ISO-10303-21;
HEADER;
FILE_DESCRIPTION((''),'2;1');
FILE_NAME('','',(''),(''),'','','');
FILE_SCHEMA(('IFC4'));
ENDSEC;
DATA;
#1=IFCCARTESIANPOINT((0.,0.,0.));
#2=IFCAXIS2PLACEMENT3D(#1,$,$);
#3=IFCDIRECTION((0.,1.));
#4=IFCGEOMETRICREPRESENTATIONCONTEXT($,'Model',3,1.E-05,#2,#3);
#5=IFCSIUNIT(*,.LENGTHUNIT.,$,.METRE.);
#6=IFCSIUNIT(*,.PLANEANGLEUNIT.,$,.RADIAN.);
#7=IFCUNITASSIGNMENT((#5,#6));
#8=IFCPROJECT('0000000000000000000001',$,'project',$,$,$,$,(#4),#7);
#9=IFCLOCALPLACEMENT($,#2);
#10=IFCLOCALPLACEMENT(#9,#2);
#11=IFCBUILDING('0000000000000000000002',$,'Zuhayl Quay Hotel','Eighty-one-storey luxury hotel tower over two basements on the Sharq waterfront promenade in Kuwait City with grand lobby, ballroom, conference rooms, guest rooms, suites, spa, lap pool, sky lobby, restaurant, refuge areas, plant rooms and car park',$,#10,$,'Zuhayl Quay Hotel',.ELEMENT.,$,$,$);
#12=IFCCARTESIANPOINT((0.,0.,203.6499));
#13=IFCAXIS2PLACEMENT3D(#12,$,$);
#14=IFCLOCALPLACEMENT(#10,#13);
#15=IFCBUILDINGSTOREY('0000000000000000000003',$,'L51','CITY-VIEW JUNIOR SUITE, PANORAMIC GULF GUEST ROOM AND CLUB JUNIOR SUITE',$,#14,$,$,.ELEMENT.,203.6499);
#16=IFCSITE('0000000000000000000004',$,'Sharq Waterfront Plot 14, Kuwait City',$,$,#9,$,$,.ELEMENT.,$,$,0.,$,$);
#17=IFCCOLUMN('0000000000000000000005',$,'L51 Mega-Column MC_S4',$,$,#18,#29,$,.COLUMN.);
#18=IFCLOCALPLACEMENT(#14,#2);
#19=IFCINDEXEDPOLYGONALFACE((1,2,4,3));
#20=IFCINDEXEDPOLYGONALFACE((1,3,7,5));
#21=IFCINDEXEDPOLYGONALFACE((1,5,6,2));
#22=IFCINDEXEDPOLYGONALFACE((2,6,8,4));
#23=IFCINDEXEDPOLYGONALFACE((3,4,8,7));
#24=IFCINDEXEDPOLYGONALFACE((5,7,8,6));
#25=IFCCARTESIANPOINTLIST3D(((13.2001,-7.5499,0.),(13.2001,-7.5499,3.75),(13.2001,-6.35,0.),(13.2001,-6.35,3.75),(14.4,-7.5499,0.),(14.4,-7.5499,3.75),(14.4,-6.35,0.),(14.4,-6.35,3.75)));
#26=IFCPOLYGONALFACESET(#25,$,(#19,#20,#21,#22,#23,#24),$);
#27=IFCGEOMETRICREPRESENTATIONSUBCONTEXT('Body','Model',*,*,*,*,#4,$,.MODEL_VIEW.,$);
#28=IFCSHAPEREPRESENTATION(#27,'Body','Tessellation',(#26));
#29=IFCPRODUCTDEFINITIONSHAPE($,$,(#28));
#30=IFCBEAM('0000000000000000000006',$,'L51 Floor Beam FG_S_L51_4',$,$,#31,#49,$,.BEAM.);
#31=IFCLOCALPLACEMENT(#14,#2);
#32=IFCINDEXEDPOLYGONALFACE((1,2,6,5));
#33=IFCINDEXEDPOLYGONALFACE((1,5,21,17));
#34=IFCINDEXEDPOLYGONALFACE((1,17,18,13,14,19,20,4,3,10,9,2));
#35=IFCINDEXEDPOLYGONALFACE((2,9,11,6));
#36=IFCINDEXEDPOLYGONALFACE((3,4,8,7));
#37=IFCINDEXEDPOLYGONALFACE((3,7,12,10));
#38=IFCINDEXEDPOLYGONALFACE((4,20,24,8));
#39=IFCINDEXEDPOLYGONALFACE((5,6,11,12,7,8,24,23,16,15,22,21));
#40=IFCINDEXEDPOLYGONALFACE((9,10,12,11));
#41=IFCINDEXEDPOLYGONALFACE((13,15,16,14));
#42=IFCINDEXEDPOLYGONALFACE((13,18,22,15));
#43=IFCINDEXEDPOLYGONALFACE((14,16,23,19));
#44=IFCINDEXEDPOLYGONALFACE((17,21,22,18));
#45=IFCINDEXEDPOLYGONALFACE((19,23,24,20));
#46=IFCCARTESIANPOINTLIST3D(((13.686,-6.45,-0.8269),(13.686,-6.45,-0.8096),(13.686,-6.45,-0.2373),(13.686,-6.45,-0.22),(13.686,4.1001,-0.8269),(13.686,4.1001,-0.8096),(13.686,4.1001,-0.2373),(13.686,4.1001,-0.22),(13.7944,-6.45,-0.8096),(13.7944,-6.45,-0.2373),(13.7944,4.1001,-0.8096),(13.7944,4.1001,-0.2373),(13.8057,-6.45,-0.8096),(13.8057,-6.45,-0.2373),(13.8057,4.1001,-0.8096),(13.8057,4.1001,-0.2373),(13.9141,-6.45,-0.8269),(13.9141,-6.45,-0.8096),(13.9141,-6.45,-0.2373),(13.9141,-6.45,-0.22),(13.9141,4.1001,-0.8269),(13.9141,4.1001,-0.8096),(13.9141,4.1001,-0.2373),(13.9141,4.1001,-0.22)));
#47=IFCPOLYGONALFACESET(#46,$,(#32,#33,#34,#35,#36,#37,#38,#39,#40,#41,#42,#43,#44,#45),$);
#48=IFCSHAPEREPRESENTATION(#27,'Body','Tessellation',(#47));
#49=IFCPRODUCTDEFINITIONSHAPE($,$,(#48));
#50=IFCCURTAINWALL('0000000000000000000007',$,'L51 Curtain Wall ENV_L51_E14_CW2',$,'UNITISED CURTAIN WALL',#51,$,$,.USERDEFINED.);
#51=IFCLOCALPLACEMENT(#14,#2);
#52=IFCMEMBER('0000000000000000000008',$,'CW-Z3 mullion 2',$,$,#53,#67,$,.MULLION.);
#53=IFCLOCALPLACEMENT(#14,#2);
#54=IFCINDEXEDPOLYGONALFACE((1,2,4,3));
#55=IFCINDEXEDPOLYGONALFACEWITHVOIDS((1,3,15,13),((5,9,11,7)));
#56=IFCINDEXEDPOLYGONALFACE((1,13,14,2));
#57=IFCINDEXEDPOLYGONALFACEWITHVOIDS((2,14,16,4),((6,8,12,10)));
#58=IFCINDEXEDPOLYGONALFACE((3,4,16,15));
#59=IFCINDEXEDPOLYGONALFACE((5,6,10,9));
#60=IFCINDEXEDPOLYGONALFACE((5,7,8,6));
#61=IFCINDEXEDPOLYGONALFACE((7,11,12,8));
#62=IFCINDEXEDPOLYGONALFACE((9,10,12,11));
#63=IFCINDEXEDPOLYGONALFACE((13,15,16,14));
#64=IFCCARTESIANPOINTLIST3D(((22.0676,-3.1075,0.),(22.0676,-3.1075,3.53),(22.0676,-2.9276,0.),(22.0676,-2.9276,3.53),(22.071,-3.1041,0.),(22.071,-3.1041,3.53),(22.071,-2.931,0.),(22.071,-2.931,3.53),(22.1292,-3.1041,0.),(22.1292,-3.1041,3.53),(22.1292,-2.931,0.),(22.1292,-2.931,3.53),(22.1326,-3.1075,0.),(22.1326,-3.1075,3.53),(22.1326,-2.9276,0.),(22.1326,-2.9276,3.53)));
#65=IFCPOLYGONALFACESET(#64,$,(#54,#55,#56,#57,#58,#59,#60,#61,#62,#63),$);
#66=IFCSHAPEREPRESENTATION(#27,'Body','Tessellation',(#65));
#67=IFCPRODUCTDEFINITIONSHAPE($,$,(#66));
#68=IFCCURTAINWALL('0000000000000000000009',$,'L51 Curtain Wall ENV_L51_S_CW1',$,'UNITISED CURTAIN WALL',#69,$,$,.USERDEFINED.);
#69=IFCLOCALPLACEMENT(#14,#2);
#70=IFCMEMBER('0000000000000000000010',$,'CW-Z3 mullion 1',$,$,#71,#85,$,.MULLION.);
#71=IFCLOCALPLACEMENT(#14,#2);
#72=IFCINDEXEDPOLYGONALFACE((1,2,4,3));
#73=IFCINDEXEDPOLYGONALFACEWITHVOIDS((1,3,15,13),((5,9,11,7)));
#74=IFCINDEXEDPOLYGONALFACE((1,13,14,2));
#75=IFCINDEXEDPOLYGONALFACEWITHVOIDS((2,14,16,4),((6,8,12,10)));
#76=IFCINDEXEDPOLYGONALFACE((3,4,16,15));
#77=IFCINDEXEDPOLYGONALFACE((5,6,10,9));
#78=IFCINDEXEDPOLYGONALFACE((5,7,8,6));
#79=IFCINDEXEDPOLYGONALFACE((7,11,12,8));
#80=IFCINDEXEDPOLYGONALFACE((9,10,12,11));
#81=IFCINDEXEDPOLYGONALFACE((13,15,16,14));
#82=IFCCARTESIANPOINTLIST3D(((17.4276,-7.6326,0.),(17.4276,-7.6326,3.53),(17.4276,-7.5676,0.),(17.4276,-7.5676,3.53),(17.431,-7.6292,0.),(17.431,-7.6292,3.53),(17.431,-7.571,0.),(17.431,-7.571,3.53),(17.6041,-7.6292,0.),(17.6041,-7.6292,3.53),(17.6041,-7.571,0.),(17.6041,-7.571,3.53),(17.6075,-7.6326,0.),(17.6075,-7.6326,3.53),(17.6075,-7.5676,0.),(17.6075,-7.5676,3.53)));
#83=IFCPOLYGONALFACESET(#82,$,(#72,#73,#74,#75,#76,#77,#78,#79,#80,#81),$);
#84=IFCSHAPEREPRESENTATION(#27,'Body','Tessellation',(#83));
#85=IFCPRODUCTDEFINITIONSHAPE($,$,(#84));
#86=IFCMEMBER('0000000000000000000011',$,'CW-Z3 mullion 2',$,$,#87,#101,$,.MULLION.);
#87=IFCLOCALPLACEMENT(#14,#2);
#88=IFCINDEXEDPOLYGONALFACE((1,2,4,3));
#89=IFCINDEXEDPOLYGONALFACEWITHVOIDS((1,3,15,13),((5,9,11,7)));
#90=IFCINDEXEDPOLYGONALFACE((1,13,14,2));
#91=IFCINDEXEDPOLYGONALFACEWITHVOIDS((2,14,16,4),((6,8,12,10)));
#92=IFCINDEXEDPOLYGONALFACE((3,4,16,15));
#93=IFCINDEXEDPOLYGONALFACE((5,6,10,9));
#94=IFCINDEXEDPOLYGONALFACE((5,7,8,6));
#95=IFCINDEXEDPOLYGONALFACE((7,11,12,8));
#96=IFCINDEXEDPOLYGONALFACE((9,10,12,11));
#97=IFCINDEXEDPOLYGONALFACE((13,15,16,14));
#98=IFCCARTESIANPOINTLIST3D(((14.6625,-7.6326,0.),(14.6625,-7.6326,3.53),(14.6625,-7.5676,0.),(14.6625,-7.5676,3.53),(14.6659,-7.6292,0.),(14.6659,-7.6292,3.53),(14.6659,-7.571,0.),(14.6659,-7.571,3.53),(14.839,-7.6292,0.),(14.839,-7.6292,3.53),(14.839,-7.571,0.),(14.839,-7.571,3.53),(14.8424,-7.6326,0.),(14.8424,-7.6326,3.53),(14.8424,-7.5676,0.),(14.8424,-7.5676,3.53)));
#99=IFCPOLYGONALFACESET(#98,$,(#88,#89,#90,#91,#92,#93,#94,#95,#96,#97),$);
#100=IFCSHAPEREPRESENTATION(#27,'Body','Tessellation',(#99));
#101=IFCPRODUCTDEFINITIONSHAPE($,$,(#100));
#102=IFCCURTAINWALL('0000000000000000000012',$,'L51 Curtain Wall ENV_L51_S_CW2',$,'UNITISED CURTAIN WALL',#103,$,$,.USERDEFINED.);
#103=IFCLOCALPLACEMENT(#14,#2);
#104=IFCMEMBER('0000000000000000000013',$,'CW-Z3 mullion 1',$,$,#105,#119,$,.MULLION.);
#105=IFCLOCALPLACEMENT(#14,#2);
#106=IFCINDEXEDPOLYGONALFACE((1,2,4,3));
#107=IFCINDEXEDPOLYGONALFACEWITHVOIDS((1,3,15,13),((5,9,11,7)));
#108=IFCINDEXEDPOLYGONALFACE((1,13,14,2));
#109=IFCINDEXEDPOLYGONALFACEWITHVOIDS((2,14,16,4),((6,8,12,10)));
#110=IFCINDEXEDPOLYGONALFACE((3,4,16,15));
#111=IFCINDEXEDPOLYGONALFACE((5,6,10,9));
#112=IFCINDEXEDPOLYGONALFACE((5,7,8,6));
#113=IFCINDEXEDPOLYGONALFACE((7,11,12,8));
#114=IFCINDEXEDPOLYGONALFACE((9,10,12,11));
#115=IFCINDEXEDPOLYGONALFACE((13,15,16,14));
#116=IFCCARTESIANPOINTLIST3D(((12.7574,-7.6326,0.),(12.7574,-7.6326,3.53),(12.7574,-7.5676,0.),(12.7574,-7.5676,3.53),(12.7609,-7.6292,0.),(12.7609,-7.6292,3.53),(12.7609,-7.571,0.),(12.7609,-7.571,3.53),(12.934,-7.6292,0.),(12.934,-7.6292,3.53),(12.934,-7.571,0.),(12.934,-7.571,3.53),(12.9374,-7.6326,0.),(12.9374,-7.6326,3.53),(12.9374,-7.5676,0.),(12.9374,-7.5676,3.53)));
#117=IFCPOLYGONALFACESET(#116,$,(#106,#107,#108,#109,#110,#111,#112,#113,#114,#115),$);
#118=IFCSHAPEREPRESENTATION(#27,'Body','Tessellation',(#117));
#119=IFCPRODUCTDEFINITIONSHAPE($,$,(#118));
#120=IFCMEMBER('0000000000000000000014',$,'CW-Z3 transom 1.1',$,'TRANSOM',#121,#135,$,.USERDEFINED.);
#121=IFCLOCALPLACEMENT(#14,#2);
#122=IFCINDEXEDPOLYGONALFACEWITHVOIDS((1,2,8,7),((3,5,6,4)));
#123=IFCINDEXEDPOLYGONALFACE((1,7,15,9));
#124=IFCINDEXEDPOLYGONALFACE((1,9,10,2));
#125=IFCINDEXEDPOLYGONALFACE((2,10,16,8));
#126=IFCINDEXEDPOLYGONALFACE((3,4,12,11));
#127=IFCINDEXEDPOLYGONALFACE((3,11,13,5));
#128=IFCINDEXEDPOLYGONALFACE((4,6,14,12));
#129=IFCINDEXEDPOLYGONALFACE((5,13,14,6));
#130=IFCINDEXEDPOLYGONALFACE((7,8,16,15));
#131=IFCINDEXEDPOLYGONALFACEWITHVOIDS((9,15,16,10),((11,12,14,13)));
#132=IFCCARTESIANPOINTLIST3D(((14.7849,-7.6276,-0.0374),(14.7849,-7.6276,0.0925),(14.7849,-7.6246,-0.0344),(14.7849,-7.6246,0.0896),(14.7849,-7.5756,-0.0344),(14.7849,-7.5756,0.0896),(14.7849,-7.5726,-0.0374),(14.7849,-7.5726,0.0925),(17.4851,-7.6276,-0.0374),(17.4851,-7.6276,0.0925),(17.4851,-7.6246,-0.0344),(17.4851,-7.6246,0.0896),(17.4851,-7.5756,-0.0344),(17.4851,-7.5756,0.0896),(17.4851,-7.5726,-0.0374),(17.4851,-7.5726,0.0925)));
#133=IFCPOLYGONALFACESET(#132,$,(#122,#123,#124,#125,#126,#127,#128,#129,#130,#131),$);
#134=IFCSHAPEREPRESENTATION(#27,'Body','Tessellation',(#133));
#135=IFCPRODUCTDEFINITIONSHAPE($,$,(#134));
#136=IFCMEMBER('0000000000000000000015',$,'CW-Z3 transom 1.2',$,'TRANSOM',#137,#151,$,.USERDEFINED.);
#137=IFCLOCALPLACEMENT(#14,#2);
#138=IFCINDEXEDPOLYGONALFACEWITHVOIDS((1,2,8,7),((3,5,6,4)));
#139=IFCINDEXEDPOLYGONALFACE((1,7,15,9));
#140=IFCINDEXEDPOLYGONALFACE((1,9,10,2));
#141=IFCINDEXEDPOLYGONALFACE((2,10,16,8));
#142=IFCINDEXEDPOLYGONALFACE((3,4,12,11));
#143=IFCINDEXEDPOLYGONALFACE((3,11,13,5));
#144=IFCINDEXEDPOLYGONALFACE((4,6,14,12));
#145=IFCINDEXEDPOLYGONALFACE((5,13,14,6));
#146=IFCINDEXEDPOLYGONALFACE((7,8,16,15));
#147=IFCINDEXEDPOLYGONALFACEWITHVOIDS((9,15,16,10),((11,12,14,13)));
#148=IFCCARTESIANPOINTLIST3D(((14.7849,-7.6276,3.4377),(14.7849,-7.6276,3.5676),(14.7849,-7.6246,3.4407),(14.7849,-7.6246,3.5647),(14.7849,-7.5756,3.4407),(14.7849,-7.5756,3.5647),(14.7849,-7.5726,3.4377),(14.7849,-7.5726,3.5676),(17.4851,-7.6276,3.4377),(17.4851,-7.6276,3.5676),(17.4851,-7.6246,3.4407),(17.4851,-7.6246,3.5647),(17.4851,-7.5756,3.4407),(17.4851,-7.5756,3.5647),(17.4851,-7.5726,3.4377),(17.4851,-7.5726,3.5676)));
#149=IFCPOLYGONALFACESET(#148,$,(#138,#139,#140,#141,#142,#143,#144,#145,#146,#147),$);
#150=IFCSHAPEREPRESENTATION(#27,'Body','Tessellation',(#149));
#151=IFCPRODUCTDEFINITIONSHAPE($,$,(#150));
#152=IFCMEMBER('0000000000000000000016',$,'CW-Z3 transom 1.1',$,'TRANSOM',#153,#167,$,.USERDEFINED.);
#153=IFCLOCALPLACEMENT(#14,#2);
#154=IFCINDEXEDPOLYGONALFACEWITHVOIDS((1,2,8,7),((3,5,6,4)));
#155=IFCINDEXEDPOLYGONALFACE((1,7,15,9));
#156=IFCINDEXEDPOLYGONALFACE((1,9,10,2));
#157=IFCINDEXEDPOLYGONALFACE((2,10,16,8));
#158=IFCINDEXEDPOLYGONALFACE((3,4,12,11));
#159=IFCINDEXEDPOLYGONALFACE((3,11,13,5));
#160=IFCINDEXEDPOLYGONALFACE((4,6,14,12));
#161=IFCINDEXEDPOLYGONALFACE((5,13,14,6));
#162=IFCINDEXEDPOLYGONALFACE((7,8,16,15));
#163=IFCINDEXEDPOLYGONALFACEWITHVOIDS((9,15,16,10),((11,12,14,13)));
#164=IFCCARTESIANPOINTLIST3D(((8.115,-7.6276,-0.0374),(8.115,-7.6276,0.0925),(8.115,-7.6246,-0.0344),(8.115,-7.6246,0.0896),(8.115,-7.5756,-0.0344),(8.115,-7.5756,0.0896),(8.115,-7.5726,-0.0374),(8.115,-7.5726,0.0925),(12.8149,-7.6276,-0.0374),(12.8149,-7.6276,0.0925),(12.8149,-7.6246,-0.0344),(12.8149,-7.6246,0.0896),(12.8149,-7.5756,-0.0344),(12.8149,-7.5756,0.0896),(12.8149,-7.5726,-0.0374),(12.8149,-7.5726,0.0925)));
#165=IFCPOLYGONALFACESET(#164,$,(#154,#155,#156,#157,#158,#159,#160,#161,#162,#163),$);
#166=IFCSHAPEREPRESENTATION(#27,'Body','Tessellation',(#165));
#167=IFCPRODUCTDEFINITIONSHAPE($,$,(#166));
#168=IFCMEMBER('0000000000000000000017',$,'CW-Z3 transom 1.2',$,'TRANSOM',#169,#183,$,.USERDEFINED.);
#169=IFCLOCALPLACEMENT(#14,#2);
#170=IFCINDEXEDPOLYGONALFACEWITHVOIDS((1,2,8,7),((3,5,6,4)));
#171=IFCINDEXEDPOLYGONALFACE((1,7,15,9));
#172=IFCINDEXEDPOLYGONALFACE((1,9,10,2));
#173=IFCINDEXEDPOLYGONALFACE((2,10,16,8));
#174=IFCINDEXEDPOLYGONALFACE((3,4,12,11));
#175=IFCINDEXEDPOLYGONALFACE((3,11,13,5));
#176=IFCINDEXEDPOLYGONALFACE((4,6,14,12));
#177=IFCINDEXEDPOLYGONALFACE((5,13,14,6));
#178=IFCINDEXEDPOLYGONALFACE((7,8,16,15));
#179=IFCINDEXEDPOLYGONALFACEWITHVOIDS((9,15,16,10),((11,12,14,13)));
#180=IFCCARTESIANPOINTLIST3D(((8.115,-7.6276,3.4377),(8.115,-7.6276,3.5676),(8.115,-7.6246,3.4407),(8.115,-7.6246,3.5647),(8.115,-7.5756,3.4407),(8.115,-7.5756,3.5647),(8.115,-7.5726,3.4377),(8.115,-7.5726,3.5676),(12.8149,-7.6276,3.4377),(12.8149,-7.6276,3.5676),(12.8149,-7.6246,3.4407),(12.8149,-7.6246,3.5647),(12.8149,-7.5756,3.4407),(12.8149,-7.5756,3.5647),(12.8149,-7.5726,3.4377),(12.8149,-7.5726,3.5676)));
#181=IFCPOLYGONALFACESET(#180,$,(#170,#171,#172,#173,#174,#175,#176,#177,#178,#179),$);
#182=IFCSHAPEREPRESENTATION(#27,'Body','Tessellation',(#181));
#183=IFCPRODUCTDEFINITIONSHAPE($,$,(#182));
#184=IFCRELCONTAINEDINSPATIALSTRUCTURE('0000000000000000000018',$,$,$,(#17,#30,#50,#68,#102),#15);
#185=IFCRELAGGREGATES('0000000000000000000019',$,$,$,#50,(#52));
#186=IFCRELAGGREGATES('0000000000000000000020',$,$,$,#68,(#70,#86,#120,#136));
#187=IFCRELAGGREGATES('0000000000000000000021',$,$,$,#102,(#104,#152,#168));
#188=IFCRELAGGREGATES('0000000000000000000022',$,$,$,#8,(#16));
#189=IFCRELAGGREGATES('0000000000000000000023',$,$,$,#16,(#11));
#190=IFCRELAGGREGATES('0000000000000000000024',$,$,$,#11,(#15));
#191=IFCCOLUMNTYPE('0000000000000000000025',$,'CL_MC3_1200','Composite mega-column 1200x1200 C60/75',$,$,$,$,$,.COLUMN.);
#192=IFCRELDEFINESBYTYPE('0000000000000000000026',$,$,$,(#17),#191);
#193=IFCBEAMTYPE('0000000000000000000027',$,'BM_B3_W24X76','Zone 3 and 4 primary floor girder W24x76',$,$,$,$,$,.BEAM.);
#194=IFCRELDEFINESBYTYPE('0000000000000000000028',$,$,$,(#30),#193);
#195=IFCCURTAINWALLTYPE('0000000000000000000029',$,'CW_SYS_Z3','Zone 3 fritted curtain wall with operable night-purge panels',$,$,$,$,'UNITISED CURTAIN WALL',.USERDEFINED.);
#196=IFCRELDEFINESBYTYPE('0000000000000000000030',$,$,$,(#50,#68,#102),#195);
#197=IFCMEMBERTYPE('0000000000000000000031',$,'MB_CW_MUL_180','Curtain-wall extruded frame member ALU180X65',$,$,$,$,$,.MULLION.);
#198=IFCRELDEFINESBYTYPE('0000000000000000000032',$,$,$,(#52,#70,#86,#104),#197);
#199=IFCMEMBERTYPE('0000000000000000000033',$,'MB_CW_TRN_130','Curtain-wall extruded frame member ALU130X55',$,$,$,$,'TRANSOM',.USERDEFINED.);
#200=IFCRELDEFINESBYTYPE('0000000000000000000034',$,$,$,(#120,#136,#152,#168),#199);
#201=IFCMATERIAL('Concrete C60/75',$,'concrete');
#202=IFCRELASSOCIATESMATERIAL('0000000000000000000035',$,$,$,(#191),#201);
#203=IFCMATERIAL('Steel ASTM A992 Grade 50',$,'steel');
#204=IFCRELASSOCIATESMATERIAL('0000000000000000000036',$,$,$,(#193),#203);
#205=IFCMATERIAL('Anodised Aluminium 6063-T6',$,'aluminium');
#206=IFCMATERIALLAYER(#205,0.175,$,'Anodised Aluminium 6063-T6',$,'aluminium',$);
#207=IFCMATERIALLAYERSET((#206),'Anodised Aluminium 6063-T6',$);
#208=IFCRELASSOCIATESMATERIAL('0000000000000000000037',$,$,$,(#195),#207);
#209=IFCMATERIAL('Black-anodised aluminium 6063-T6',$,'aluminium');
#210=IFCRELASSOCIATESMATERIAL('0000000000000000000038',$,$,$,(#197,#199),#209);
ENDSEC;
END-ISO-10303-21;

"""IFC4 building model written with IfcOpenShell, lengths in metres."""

from ifc_helpers import new_model, si_unit, direction, frame, origin, origin_2d, place, context, subcontext, project, spatial, rectangle, hollow_rectangle, i_section, extrude, material, layer, layer_set, material_profile, profile_set, type_object, element, aggregate, save


model = new_model("IFC4")

# Units and contexts
model_context = context("Model", 3, precision=1e-05, world=origin(), true_north=direction((0.0, 1.0)))
body_context = subcontext(model_context, "Body", "Model", "MODEL_VIEW")
ifc_project = project(units=[si_unit("LENGTHUNIT", "METRE"), si_unit("PLANEANGLEUNIT", "RADIAN")], contexts=[model_context])

# Site, building, storey
site_placement = place(None, origin())
site = spatial("IfcSite", under=ifc_project, at=site_placement, Name="Sharq Waterfront Plot 14, Kuwait City", CompositionType="ELEMENT", RefElevation=0.0)
building_placement = place(site_placement, origin())
building = spatial("IfcBuilding", under=site, at=building_placement, Name="Zuhayl Quay Hotel", Description="Eighty-one-storey luxury hotel tower over two basements on the Sharq waterfront promenade in Kuwait City with grand lobby, ballroom, conference rooms, guest rooms, suites, spa, lap pool, sky lobby, restaurant, refuge areas, plant rooms and car park", LongName="Zuhayl Quay Hotel", CompositionType="ELEMENT")
storey_placement = place(building_placement, frame((0.0, 0.0, 203.6499)))
storey = spatial("IfcBuildingStorey", under=building, at=storey_placement, Name="L51", Description="CITY-VIEW JUNIOR SUITE, PANORAMIC GULF GUEST ROOM AND CLUB JUNIOR SUITE", CompositionType="ELEMENT", Elevation=203.6499)

# Column
ifc_material_1 = material(Name="Concrete C60/75", Category="concrete")
ifc_material_profile_1 = material_profile(ifc_material_1, rectangle(XDim=1.2, YDim=1.2, at=origin_2d()), Name="RC1200X1200")
ifc_profile_set_1 = profile_set([ifc_material_profile_1], Name="Concrete C60/75")
column_type = type_object("IfcColumnType", Name="CL_MC3_1200", Description="Composite mega-column 1200x1200 C60/75", PredefinedType="COLUMN", material=ifc_profile_set_1)
column_placement = place(storey_placement, frame((13.8, -6.95, 0.0), z_axis=(0.0, 0.0, 1.0), x_axis=(1.0, 0.0, 0.0)))
element("IfcColumn", 1, at=column_placement, inside=storey, type_object=column_type, Name="L51 Mega-Column MC_S4", PredefinedType="COLUMN", context=body_context, shape_type="SweptSolid", body=[
    extrude(rectangle(XDim=1.2, YDim=1.2, at=origin_2d()), origin(), (0.0, 0.0, 1.0), 3.75),
])

# Beam
ifc_material_2 = material(Name="Steel ASTM A992 Grade 50", Category="steel")
ifc_material_profile_2 = material_profile(ifc_material_2, i_section(OverallWidth=0.228, OverallDepth=0.6069, WebThickness=0.0112, FlangeThickness=0.0173, at=origin_2d()), Name="W24X76")
ifc_profile_set_2 = profile_set([ifc_material_profile_2], Name="Steel ASTM A992 Grade 50")
beam_type = type_object("IfcBeamType", Name="BM_B3_W24X76", Description="Zone 3 and 4 primary floor girder W24x76", PredefinedType="BEAM", material=ifc_profile_set_2)
beam_placement = place(storey_placement, frame((13.8, -6.45, -0.5234), z_axis=(0.0, 1.0, 0.0), x_axis=(-1.0, 0.0, 0.0)))
element("IfcBeam", 2, at=beam_placement, inside=storey, type_object=beam_type, Name="L51 Floor Beam FG_S_L51_4", PredefinedType="BEAM", context=body_context, shape_type="SweptSolid", body=[
    extrude(i_section(OverallWidth=0.228, OverallDepth=0.6069, WebThickness=0.0112, FlangeThickness=0.0173, at=origin_2d()), origin(), (0.0, 0.0, 1.0), 10.55),
])

# Curtain wall, member
ifc_material_3 = material(Name="Anodised Aluminium 6063-T6", Category="aluminium")
ifc_layer_1 = layer(ifc_material_3, 0.175, Name="Anodised Aluminium 6063-T6", Category="aluminium")
ifc_layer_set_1 = layer_set([ifc_layer_1], Name="Anodised Aluminium 6063-T6")
curtain_wall_type = type_object("IfcCurtainWallType", Name="CW_SYS_Z3", Description="Zone 3 fritted curtain wall with operable night-purge panels", ElementType="UNITISED CURTAIN WALL", PredefinedType="USERDEFINED", material=ifc_layer_set_1)
curtain_wall_1_placement = place(storey_placement, origin())
curtain_wall_1 = element("IfcCurtainWall", 3, at=curtain_wall_1_placement, inside=storey, type_object=curtain_wall_type, Name="L51 Curtain Wall ENV_L51_E14_CW2", ObjectType="UNITISED CURTAIN WALL", PredefinedType="USERDEFINED")
ifc_material_4 = material(Name="Black-anodised aluminium 6063-T6", Category="aluminium")
ifc_material_profile_3 = material_profile(ifc_material_4, hollow_rectangle(XDim=0.0649, YDim=0.1799, WallThickness=0.0034, at=origin_2d()), Name="ALU180X65")
ifc_profile_set_3 = profile_set([ifc_material_profile_3], Name="Black-anodised aluminium 6063-T6")
member_type_1 = type_object("IfcMemberType", Name="MB_CW_MUL_180", Description="Curtain-wall extruded frame member ALU180X65", PredefinedType="MULLION", material=ifc_profile_set_3)
member_1_placement = place(storey_placement, frame((22.1001, -3.0176, 0.0), z_axis=(0.0, 0.0, 1.0), x_axis=(1.0, 0.0, 0.0)))
member_1 = element("IfcMember", 4, at=member_1_placement, type_object=member_type_1, Name="CW-Z3 mullion 2", PredefinedType="MULLION", context=body_context, shape_type="SweptSolid", body=[
    extrude(hollow_rectangle(XDim=0.0649, YDim=0.1799, WallThickness=0.0034, at=origin_2d()), origin(), (0.0, 0.0, 1.0), 3.53),
])

# Curtain wall, members
curtain_wall_2_placement = place(storey_placement, origin())
curtain_wall_2 = element("IfcCurtainWall", 5, at=curtain_wall_2_placement, inside=storey, type_object=curtain_wall_type, Name="L51 Curtain Wall ENV_L51_S_CW1", ObjectType="UNITISED CURTAIN WALL", PredefinedType="USERDEFINED")
member_2_placement = place(storey_placement, frame((17.5176, -7.6001, 0.0), z_axis=(0.0, 0.0, 1.0), x_axis=(0.0, -1.0, 0.0)))
member_2 = element("IfcMember", 6, at=member_2_placement, type_object=member_type_1, Name="CW-Z3 mullion 1", PredefinedType="MULLION", context=body_context, shape_type="SweptSolid", body=[
    extrude(hollow_rectangle(XDim=0.0649, YDim=0.1799, WallThickness=0.0034, at=origin_2d()), origin(), (0.0, 0.0, 1.0), 3.53),
])
member_3_placement = place(storey_placement, frame((14.7524, -7.6001, 0.0), z_axis=(0.0, 0.0, 1.0), x_axis=(0.0, -1.0, 0.0)))
member_3 = element("IfcMember", 7, at=member_3_placement, type_object=member_type_1, Name="CW-Z3 mullion 2", PredefinedType="MULLION", context=body_context, shape_type="SweptSolid", body=[
    extrude(hollow_rectangle(XDim=0.0649, YDim=0.1799, WallThickness=0.0034, at=origin_2d()), origin(), (0.0, 0.0, 1.0), 3.53),
])

# Curtain wall, member
curtain_wall_3_placement = place(storey_placement, origin())
curtain_wall_3 = element("IfcCurtainWall", 8, at=curtain_wall_3_placement, inside=storey, type_object=curtain_wall_type, Name="L51 Curtain Wall ENV_L51_S_CW2", ObjectType="UNITISED CURTAIN WALL", PredefinedType="USERDEFINED")
member_4_placement = place(storey_placement, frame((12.8474, -7.6001, 0.0), z_axis=(0.0, 0.0, 1.0), x_axis=(0.0, -1.0, 0.0)))
member_4 = element("IfcMember", 9, at=member_4_placement, type_object=member_type_1, Name="CW-Z3 mullion 1", PredefinedType="MULLION", context=body_context, shape_type="SweptSolid", body=[
    extrude(hollow_rectangle(XDim=0.0649, YDim=0.1799, WallThickness=0.0034, at=origin_2d()), origin(), (0.0, 0.0, 1.0), 3.53),
])

# Members
ifc_material_profile_4 = material_profile(ifc_material_4, hollow_rectangle(XDim=0.0549, YDim=0.1299, WallThickness=0.0029, at=origin_2d()), Name="ALU130X55")
ifc_profile_set_4 = profile_set([ifc_material_profile_4], Name="Black-anodised aluminium 6063-T6")
member_type_2 = type_object("IfcMemberType", Name="MB_CW_TRN_130", Description="Curtain-wall extruded frame member ALU130X55", ElementType="TRANSOM", PredefinedType="USERDEFINED", material=ifc_profile_set_4)
member_5_placement = place(storey_placement, frame((17.4851, -7.6001, 0.0276), z_axis=(-1.0, 0.0, 0.0), x_axis=(0.0, -1.0, 0.0)))
member_5 = element("IfcMember", 10, at=member_5_placement, type_object=member_type_2, Name="CW-Z3 transom 1.1", ObjectType="TRANSOM", PredefinedType="USERDEFINED", context=body_context, shape_type="SweptSolid", body=[
    extrude(hollow_rectangle(XDim=0.0549, YDim=0.1299, WallThickness=0.0029, at=origin_2d()), origin(), (0.0, 0.0, 1.0), 2.7002),
])
member_6_placement = place(storey_placement, frame((17.4851, -7.6001, 3.5027), z_axis=(-1.0, 0.0, 0.0), x_axis=(0.0, -1.0, 0.0)))
member_6 = element("IfcMember", 11, at=member_6_placement, type_object=member_type_2, Name="CW-Z3 transom 1.2", ObjectType="TRANSOM", PredefinedType="USERDEFINED", context=body_context, shape_type="SweptSolid", body=[
    extrude(hollow_rectangle(XDim=0.0549, YDim=0.1299, WallThickness=0.0029, at=origin_2d()), origin(), (0.0, 0.0, 1.0), 2.7002),
])
member_7_placement = place(storey_placement, frame((12.8149, -7.6001, 0.0276), z_axis=(-1.0, 0.0, 0.0), x_axis=(0.0, -1.0, 0.0)))
member_7 = element("IfcMember", 12, at=member_7_placement, type_object=member_type_2, Name="CW-Z3 transom 1.1", ObjectType="TRANSOM", PredefinedType="USERDEFINED", context=body_context, shape_type="SweptSolid", body=[
    extrude(hollow_rectangle(XDim=0.0549, YDim=0.1299, WallThickness=0.0029, at=origin_2d()), origin(), (0.0, 0.0, 1.0), 4.7),
])
member_8_placement = place(storey_placement, frame((12.8149, -7.6001, 3.5027), z_axis=(-1.0, 0.0, 0.0), x_axis=(0.0, -1.0, 0.0)))
member_8 = element("IfcMember", 13, at=member_8_placement, type_object=member_type_2, Name="CW-Z3 transom 1.2", ObjectType="TRANSOM", PredefinedType="USERDEFINED", context=body_context, shape_type="SweptSolid", body=[
    extrude(hollow_rectangle(XDim=0.0549, YDim=0.1299, WallThickness=0.0029, at=origin_2d()), origin(), (0.0, 0.0, 1.0), 4.7),
])

aggregate(curtain_wall_1, [member_1])
aggregate(curtain_wall_2, [member_2, member_3, member_5, member_6])
aggregate(curtain_wall_3, [member_4, member_7, member_8])

save(model, "model.ifc")
